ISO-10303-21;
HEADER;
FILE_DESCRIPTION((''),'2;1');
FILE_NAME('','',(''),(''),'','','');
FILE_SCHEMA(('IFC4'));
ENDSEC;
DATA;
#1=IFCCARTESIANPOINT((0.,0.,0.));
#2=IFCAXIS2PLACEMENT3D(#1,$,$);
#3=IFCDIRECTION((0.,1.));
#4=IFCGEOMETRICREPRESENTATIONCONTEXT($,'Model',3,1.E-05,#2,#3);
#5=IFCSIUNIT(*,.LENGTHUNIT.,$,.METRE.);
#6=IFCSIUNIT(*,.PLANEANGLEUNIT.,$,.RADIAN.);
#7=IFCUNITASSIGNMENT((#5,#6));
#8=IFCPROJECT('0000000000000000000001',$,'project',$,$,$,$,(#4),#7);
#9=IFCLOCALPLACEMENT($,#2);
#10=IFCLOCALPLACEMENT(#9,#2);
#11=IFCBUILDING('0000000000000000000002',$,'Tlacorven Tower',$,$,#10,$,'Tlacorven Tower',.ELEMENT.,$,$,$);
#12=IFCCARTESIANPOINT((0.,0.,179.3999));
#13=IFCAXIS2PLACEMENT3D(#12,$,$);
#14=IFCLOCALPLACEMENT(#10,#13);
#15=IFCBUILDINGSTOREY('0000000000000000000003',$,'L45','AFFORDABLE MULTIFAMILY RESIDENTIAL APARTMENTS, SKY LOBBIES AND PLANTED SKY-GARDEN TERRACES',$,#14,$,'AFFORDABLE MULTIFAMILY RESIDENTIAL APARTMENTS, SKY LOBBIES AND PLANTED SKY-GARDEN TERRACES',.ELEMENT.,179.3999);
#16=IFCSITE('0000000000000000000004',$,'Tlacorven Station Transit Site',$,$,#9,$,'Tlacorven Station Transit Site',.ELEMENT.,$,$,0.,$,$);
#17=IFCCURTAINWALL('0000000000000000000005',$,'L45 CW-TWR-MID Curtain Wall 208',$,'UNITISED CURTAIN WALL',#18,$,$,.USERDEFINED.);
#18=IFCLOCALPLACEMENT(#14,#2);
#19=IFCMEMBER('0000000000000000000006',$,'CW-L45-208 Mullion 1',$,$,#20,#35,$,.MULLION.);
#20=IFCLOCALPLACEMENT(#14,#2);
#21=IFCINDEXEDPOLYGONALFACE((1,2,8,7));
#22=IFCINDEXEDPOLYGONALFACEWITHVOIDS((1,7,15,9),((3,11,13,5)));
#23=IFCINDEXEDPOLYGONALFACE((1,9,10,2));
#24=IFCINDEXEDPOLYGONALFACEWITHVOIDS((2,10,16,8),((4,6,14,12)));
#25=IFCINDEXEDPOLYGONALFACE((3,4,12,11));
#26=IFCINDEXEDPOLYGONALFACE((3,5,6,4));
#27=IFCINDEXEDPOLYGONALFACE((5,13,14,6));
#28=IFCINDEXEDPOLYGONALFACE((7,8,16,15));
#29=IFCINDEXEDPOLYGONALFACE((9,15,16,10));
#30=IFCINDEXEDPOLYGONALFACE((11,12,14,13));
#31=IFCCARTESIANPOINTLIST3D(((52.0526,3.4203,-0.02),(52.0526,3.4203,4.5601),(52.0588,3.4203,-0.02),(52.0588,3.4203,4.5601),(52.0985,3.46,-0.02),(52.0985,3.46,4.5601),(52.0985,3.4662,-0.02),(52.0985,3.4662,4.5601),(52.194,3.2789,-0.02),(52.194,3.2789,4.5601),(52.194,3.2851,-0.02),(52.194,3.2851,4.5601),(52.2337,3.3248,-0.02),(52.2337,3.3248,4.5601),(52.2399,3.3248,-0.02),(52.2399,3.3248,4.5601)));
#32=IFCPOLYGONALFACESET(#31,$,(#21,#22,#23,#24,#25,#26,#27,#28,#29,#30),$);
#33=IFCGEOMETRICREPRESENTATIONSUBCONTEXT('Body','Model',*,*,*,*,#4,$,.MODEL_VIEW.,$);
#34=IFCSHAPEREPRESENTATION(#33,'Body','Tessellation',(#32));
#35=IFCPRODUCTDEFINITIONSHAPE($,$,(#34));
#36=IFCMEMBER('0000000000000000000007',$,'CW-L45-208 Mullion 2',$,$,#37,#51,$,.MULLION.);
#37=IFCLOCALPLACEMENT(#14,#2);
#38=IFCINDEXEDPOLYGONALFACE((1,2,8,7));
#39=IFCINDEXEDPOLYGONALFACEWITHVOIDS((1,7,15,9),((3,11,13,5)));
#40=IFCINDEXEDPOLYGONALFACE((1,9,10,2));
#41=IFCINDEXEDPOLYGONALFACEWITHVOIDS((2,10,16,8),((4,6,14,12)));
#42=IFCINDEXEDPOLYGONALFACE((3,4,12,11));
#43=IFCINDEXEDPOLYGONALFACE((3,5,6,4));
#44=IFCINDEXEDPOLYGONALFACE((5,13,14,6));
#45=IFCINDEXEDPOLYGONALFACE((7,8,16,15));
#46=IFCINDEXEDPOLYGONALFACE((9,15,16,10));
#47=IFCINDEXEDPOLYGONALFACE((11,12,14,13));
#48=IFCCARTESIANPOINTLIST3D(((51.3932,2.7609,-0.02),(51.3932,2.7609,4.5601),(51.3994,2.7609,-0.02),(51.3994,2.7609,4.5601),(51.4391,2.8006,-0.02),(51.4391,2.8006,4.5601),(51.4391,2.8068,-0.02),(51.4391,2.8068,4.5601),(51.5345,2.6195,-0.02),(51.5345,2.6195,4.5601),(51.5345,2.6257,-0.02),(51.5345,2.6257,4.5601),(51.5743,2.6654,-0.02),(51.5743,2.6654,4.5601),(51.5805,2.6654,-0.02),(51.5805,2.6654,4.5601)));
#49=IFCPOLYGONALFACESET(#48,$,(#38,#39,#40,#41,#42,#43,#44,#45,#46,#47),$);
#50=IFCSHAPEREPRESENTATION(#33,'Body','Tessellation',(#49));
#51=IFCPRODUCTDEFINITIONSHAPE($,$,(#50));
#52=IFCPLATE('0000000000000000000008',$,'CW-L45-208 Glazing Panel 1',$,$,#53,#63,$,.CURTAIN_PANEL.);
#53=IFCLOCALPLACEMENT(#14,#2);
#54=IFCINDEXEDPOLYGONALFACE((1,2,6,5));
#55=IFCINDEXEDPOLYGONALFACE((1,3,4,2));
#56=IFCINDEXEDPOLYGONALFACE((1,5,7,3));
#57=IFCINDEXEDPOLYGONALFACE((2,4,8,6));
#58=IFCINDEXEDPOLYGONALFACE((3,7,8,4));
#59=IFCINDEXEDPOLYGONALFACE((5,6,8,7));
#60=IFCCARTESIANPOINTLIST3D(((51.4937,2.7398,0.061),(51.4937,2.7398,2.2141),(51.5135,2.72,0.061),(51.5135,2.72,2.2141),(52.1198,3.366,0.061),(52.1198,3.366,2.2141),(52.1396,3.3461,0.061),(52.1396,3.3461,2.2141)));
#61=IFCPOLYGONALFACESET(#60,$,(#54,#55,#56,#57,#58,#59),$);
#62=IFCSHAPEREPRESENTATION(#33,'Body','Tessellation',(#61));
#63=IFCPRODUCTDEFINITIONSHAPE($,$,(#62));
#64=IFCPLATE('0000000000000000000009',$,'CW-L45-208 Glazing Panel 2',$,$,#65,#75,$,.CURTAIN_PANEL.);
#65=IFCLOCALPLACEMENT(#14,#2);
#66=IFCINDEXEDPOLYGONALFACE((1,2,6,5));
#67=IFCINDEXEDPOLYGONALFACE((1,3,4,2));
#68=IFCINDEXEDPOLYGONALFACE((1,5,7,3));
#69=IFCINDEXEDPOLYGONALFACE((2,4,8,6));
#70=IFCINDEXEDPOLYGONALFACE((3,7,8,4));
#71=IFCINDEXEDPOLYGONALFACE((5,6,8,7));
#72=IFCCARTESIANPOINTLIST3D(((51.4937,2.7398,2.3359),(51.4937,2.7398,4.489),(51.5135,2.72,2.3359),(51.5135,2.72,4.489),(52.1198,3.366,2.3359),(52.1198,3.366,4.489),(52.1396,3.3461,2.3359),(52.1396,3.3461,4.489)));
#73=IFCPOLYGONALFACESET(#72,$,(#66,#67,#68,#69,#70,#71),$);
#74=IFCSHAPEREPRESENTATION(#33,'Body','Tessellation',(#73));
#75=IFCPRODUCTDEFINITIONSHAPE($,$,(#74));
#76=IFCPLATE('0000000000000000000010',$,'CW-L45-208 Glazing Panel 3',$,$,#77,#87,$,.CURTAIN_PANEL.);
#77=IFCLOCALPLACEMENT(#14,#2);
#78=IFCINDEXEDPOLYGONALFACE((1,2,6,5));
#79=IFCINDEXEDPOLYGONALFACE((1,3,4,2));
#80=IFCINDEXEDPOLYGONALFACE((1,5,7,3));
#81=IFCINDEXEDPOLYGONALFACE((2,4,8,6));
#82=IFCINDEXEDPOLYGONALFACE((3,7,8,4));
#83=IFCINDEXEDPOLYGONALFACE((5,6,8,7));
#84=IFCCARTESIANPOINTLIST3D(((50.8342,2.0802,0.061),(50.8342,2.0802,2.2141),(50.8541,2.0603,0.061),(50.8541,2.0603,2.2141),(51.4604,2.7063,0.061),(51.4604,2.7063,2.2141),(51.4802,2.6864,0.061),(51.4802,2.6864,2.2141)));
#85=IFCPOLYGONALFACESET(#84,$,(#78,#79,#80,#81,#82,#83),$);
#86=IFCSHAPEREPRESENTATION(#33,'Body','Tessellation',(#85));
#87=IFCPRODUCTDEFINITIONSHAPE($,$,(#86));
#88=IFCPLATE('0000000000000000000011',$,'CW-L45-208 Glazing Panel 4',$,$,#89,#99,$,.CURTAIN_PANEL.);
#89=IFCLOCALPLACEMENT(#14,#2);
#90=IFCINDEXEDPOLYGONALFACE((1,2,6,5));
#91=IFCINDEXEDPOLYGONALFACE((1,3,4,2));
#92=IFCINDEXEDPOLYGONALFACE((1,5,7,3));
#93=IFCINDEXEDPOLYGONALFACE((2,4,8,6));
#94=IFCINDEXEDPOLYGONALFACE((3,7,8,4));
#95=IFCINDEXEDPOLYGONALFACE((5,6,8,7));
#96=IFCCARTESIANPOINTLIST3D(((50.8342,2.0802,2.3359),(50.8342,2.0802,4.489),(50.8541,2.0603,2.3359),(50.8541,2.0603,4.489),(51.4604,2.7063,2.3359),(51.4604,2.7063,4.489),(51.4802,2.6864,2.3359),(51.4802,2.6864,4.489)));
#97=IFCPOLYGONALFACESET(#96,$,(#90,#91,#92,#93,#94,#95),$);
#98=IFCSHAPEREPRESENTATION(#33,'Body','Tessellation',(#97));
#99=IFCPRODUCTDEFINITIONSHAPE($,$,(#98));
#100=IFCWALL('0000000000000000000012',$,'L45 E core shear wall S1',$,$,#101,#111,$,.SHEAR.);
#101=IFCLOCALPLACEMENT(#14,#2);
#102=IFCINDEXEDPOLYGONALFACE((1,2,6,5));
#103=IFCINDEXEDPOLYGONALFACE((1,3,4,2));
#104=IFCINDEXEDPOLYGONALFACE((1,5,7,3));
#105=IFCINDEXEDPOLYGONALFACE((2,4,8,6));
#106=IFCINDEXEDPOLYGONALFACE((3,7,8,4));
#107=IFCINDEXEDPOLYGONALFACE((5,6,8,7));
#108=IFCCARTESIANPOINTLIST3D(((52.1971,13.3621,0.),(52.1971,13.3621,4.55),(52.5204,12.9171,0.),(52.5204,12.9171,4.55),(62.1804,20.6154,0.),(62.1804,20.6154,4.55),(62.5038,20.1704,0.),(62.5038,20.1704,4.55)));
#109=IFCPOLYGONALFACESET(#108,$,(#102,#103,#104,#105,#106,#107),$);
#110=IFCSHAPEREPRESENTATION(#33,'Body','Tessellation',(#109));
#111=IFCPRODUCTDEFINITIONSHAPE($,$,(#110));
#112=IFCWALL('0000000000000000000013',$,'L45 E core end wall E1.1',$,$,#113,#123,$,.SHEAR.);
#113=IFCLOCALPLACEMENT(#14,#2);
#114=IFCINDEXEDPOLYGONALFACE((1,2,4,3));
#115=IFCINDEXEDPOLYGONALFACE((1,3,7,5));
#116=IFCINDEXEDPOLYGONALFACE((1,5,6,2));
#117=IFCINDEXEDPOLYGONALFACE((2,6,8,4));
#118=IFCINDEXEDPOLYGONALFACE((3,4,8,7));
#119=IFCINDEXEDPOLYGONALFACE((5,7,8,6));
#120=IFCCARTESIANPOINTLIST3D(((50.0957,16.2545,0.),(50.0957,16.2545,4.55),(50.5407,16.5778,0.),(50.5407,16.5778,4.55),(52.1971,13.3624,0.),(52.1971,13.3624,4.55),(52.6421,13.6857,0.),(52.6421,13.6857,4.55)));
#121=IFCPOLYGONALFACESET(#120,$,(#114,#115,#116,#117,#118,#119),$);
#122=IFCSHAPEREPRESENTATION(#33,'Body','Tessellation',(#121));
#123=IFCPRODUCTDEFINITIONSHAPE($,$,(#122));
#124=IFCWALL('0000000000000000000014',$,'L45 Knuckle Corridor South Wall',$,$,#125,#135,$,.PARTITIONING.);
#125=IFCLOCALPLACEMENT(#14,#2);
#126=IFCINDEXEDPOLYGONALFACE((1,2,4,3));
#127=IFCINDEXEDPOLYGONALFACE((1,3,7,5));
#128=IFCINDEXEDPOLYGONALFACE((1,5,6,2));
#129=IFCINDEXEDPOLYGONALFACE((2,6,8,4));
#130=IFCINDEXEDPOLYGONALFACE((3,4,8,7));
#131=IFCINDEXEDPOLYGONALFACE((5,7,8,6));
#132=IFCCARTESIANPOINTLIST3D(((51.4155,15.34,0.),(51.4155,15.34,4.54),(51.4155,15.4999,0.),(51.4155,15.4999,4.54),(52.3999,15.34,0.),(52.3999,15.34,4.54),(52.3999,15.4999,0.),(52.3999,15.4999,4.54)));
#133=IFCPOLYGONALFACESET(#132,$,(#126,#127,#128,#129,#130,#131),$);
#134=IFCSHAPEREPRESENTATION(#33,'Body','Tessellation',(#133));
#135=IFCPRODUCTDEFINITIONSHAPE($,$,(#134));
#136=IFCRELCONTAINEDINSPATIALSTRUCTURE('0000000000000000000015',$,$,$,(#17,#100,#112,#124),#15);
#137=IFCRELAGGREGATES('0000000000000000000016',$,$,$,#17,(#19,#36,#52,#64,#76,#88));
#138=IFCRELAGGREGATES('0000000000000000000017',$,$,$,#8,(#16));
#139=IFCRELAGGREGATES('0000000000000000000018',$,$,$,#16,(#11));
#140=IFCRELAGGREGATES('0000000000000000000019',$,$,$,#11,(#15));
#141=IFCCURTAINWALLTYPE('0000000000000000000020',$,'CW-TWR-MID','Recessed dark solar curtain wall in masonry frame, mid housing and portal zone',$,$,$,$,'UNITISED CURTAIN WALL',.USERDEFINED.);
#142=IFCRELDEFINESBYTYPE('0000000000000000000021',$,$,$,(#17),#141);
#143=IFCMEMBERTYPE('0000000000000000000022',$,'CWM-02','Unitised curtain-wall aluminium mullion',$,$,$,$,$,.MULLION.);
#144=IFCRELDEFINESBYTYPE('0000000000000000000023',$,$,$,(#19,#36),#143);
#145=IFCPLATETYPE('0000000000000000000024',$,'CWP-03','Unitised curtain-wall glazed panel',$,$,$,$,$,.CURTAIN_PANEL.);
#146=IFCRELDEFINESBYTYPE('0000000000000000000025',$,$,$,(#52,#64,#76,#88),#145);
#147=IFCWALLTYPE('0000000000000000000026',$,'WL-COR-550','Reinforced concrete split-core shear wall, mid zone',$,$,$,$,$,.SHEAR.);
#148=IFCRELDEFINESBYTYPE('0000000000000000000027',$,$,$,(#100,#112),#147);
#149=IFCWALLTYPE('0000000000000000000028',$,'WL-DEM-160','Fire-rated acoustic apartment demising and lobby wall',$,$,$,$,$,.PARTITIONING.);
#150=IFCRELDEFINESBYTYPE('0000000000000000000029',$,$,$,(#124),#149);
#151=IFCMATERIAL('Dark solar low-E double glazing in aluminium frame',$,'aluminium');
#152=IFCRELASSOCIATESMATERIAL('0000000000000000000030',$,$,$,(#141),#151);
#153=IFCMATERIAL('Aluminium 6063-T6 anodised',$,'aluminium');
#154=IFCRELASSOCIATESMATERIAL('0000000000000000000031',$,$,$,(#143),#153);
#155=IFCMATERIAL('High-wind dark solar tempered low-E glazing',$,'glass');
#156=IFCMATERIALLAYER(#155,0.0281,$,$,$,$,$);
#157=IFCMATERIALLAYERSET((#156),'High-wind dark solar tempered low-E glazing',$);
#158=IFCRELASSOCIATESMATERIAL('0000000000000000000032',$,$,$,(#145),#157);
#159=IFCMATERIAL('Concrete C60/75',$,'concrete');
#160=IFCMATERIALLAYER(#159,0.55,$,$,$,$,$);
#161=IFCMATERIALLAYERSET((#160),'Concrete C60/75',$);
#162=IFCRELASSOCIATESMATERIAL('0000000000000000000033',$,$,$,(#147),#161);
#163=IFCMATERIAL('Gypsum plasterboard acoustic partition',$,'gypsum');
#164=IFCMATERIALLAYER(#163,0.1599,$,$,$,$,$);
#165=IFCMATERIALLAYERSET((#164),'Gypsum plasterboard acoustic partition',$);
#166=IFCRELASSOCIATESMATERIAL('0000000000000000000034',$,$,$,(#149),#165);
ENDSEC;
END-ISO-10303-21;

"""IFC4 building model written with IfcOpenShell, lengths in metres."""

from ifc_helpers import new_model, si_unit, direction, frame, frame_2d, origin, origin_2d, place, context, subcontext, project, spatial, rectangle, hollow_rectangle, extrude, source, transform, mapped, material, layer, layer_set, material_profile, profile_set, type_object, element, aggregate, save


model = new_model("IFC4")

# Units and contexts
model_context = context("Model", 3, precision=1e-05, world=origin(), true_north=direction((0.0, 1.0)))
body_context = subcontext(model_context, "Body", "Model", "MODEL_VIEW")
ifc_project = project(units=[si_unit("LENGTHUNIT", "METRE"), si_unit("PLANEANGLEUNIT", "RADIAN")], contexts=[model_context])

# Site, building, storey
site_placement = place(None, origin())
site = spatial("IfcSite", under=ifc_project, at=site_placement, Name="Tlacorven Station Transit Site", LongName="Tlacorven Station Transit Site", CompositionType="ELEMENT", RefElevation=0.0)
building_placement = place(site_placement, origin())
building = spatial("IfcBuilding", under=site, at=building_placement, Name="Tlacorven Tower", LongName="Tlacorven Tower", CompositionType="ELEMENT")
storey_placement = place(building_placement, frame((0.0, 0.0, 179.3999)))
storey = spatial("IfcBuildingStorey", under=building, at=storey_placement, Name="L45", Description="AFFORDABLE MULTIFAMILY RESIDENTIAL APARTMENTS, SKY LOBBIES AND PLANTED SKY-GARDEN TERRACES", LongName="AFFORDABLE MULTIFAMILY RESIDENTIAL APARTMENTS, SKY LOBBIES AND PLANTED SKY-GARDEN TERRACES", CompositionType="ELEMENT", Elevation=179.3999)

# Curtain wall, members, plates
ifc_material_1 = material(Name="Dark solar low-E double glazing in aluminium frame", Category="aluminium")
curtain_wall_type = type_object("IfcCurtainWallType", Name="CW-TWR-MID", Description="Recessed dark solar curtain wall in masonry frame, mid housing and portal zone", ElementType="UNITISED CURTAIN WALL", PredefinedType="USERDEFINED", material=ifc_material_1)
curtain_wall_placement = place(storey_placement, origin())
curtain_wall = element("IfcCurtainWall", 1, at=curtain_wall_placement, inside=storey, type_object=curtain_wall_type, Name="L45 CW-TWR-MID Curtain Wall 208", ObjectType="UNITISED CURTAIN WALL", PredefinedType="USERDEFINED")
ifc_material_2 = material(Name="Aluminium 6063-T6 anodised", Category="aluminium")
ifc_material_profile_1 = material_profile(ifc_material_2, hollow_rectangle(XDim=0.0649, YDim=0.2, WallThickness=0.0044, at=origin_2d()), Name="ALU MULLION 65X200")
ifc_profile_set_1 = profile_set([ifc_material_profile_1], Name="Aluminium 6063-T6 anodised")
member_type_1 = type_object("IfcMemberType", Name="CWM-02", Description="Unitised curtain-wall aluminium mullion", PredefinedType="MULLION", material=ifc_profile_set_1)
shared_shape_1 = source(origin(), body_context, "Body", "SweptSolid", [
    extrude(hollow_rectangle(XDim=0.0649, YDim=0.2, WallThickness=0.0044, at=origin_2d()), origin(), (0.0, 0.0, 1.0), 4.5801),
])
member_1_placement = place(storey_placement, frame((52.1462, 3.3726, -0.02), z_axis=(0.0, 0.0, 1.0), x_axis=(-0.707107, -0.707107, 0.0)))
member_1 = element("IfcMember", 2, at=member_1_placement, type_object=member_type_1, Name="CW-L45-208 Mullion 1", PredefinedType="MULLION", context=body_context, shape_type="MappedRepresentation", body=[
    mapped(shared_shape_1, transform((0.0, 0.0, 0.0), scale=1.0)),
])
member_2_placement = place(storey_placement, frame((51.4868, 2.7131, -0.02), z_axis=(0.0, 0.0, 1.0), x_axis=(-0.707107, -0.707107, 0.0)))
member_2 = element("IfcMember", 3, at=member_2_placement, type_object=member_type_1, Name="CW-L45-208 Mullion 2", PredefinedType="MULLION", context=body_context, shape_type="MappedRepresentation", body=[
    mapped(shared_shape_1, transform((0.0, 0.0, 0.0), scale=1.0)),
])
ifc_material_3 = material(Name="High-wind dark solar tempered low-E glazing", Category="glass")
ifc_layer_1 = layer(ifc_material_3, 0.0281)
ifc_layer_set_1 = layer_set([ifc_layer_1], Name="High-wind dark solar tempered low-E glazing")
plate_type = type_object("IfcPlateType", Name="CWP-03", Description="Unitised curtain-wall glazed panel", PredefinedType="CURTAIN_PANEL", material=ifc_layer_set_1)
shared_shape_2 = source(origin(), body_context, "Body", "SweptSolid", [
    extrude(rectangle(XDim=0.8855, YDim=0.0281, at=origin_2d()), origin(), (0.0, 0.0, 1.0), 2.1531),
])
plate_1_placement = place(storey_placement, frame((51.8167, 3.043, 0.061), z_axis=(0.0, 0.0, 1.0), x_axis=(-0.707107, -0.707107, 0.0)))
plate_1 = element("IfcPlate", 4, at=plate_1_placement, type_object=plate_type, Name="CW-L45-208 Glazing Panel 1", PredefinedType="CURTAIN_PANEL", context=body_context, shape_type="MappedRepresentation", body=[
    mapped(shared_shape_2, transform((0.0, 0.0, 0.0), scale=1.0)),
])
plate_2_placement = place(storey_placement, frame((51.8167, 3.043, 2.3359), z_axis=(0.0, 0.0, 1.0), x_axis=(-0.707107, -0.707107, 0.0)))
plate_2 = element("IfcPlate", 5, at=plate_2_placement, type_object=plate_type, Name="CW-L45-208 Glazing Panel 2", PredefinedType="CURTAIN_PANEL", context=body_context, shape_type="MappedRepresentation", body=[
    mapped(shared_shape_2, transform((0.0, 0.0, 0.0), scale=1.0)),
])
plate_3_placement = place(storey_placement, frame((51.1572, 2.3833, 0.061), z_axis=(0.0, 0.0, 1.0), x_axis=(-0.707107, -0.707107, 0.0)))
plate_3 = element("IfcPlate", 6, at=plate_3_placement, type_object=plate_type, Name="CW-L45-208 Glazing Panel 3", PredefinedType="CURTAIN_PANEL", context=body_context, shape_type="MappedRepresentation", body=[
    mapped(shared_shape_2, transform((0.0, 0.0, 0.0), scale=1.0)),
])
plate_4_placement = place(storey_placement, frame((51.1572, 2.3833, 2.3359), z_axis=(0.0, 0.0, 1.0), x_axis=(-0.707107, -0.707107, 0.0)))
plate_4 = element("IfcPlate", 7, at=plate_4_placement, type_object=plate_type, Name="CW-L45-208 Glazing Panel 4", PredefinedType="CURTAIN_PANEL", context=body_context, shape_type="MappedRepresentation", body=[
    mapped(shared_shape_2, transform((0.0, 0.0, 0.0), scale=1.0)),
])
aggregate(curtain_wall, [member_1, member_2, plate_1, plate_2, plate_3, plate_4])

# Walls
ifc_material_4 = material(Name="Concrete C60/75", Category="concrete")
ifc_layer_2 = layer(ifc_material_4, 0.55)
ifc_layer_set_2 = layer_set([ifc_layer_2], Name="Concrete C60/75")
wall_type_1 = type_object("IfcWallType", Name="WL-COR-550", Description="Reinforced concrete split-core shear wall, mid zone", PredefinedType="SHEAR", material=ifc_layer_set_2)
wall_1_placement = place(storey_placement, frame((52.3589, 13.1396, 0.0), z_axis=(0.0, 0.0, 1.0), x_axis=(0.809015, 0.587788, 0.0)))
element("IfcWall", 8, at=wall_1_placement, inside=storey, type_object=wall_type_1, Name="L45 E core shear wall S1", PredefinedType="SHEAR", context=body_context, shape_type="SweptSolid", body=[
    extrude(rectangle(XDim=12.3401, YDim=0.55, at=frame_2d((6.1699, 0.0))), origin(), (0.0, 0.0, 1.0), 4.55),
])
wall_2_placement = place(storey_placement, frame((52.4197, 13.5239, 0.0), z_axis=(0.0, 0.0, 1.0), x_axis=(-0.587802, 0.809005, 0.0)))
element("IfcWall", 9, at=wall_2_placement, inside=storey, type_object=wall_type_1, Name="L45 E core end wall E1.1", PredefinedType="SHEAR", context=body_context, shape_type="SweptSolid", body=[
    extrude(rectangle(XDim=3.575, YDim=0.55, at=frame_2d((1.7876, 0.0))), origin(), (0.0, 0.0, 1.0), 4.55),
])
ifc_material_5 = material(Name="Gypsum plasterboard acoustic partition", Category="gypsum")
ifc_layer_3 = layer(ifc_material_5, 0.1599)
ifc_layer_set_3 = layer_set([ifc_layer_3], Name="Gypsum plasterboard acoustic partition")
wall_type_2 = type_object("IfcWallType", Name="WL-DEM-160", Description="Fire-rated acoustic apartment demising and lobby wall", PredefinedType="PARTITIONING", material=ifc_layer_set_3)
wall_3_placement = place(storey_placement, frame((51.4155, 15.4199, 0.0), z_axis=(0.0, 0.0, 1.0), x_axis=(1.0, 0.0, 0.0)))
element("IfcWall", 10, at=wall_3_placement, inside=storey, type_object=wall_type_2, Name="L45 Knuckle Corridor South Wall", PredefinedType="PARTITIONING", context=body_context, shape_type="SweptSolid", body=[
    extrude(rectangle(XDim=0.9844, YDim=0.1599, at=frame_2d((0.4922, 0.0))), origin(), (0.0, 0.0, 1.0), 4.54),
])

save(model, "model.ifc")
